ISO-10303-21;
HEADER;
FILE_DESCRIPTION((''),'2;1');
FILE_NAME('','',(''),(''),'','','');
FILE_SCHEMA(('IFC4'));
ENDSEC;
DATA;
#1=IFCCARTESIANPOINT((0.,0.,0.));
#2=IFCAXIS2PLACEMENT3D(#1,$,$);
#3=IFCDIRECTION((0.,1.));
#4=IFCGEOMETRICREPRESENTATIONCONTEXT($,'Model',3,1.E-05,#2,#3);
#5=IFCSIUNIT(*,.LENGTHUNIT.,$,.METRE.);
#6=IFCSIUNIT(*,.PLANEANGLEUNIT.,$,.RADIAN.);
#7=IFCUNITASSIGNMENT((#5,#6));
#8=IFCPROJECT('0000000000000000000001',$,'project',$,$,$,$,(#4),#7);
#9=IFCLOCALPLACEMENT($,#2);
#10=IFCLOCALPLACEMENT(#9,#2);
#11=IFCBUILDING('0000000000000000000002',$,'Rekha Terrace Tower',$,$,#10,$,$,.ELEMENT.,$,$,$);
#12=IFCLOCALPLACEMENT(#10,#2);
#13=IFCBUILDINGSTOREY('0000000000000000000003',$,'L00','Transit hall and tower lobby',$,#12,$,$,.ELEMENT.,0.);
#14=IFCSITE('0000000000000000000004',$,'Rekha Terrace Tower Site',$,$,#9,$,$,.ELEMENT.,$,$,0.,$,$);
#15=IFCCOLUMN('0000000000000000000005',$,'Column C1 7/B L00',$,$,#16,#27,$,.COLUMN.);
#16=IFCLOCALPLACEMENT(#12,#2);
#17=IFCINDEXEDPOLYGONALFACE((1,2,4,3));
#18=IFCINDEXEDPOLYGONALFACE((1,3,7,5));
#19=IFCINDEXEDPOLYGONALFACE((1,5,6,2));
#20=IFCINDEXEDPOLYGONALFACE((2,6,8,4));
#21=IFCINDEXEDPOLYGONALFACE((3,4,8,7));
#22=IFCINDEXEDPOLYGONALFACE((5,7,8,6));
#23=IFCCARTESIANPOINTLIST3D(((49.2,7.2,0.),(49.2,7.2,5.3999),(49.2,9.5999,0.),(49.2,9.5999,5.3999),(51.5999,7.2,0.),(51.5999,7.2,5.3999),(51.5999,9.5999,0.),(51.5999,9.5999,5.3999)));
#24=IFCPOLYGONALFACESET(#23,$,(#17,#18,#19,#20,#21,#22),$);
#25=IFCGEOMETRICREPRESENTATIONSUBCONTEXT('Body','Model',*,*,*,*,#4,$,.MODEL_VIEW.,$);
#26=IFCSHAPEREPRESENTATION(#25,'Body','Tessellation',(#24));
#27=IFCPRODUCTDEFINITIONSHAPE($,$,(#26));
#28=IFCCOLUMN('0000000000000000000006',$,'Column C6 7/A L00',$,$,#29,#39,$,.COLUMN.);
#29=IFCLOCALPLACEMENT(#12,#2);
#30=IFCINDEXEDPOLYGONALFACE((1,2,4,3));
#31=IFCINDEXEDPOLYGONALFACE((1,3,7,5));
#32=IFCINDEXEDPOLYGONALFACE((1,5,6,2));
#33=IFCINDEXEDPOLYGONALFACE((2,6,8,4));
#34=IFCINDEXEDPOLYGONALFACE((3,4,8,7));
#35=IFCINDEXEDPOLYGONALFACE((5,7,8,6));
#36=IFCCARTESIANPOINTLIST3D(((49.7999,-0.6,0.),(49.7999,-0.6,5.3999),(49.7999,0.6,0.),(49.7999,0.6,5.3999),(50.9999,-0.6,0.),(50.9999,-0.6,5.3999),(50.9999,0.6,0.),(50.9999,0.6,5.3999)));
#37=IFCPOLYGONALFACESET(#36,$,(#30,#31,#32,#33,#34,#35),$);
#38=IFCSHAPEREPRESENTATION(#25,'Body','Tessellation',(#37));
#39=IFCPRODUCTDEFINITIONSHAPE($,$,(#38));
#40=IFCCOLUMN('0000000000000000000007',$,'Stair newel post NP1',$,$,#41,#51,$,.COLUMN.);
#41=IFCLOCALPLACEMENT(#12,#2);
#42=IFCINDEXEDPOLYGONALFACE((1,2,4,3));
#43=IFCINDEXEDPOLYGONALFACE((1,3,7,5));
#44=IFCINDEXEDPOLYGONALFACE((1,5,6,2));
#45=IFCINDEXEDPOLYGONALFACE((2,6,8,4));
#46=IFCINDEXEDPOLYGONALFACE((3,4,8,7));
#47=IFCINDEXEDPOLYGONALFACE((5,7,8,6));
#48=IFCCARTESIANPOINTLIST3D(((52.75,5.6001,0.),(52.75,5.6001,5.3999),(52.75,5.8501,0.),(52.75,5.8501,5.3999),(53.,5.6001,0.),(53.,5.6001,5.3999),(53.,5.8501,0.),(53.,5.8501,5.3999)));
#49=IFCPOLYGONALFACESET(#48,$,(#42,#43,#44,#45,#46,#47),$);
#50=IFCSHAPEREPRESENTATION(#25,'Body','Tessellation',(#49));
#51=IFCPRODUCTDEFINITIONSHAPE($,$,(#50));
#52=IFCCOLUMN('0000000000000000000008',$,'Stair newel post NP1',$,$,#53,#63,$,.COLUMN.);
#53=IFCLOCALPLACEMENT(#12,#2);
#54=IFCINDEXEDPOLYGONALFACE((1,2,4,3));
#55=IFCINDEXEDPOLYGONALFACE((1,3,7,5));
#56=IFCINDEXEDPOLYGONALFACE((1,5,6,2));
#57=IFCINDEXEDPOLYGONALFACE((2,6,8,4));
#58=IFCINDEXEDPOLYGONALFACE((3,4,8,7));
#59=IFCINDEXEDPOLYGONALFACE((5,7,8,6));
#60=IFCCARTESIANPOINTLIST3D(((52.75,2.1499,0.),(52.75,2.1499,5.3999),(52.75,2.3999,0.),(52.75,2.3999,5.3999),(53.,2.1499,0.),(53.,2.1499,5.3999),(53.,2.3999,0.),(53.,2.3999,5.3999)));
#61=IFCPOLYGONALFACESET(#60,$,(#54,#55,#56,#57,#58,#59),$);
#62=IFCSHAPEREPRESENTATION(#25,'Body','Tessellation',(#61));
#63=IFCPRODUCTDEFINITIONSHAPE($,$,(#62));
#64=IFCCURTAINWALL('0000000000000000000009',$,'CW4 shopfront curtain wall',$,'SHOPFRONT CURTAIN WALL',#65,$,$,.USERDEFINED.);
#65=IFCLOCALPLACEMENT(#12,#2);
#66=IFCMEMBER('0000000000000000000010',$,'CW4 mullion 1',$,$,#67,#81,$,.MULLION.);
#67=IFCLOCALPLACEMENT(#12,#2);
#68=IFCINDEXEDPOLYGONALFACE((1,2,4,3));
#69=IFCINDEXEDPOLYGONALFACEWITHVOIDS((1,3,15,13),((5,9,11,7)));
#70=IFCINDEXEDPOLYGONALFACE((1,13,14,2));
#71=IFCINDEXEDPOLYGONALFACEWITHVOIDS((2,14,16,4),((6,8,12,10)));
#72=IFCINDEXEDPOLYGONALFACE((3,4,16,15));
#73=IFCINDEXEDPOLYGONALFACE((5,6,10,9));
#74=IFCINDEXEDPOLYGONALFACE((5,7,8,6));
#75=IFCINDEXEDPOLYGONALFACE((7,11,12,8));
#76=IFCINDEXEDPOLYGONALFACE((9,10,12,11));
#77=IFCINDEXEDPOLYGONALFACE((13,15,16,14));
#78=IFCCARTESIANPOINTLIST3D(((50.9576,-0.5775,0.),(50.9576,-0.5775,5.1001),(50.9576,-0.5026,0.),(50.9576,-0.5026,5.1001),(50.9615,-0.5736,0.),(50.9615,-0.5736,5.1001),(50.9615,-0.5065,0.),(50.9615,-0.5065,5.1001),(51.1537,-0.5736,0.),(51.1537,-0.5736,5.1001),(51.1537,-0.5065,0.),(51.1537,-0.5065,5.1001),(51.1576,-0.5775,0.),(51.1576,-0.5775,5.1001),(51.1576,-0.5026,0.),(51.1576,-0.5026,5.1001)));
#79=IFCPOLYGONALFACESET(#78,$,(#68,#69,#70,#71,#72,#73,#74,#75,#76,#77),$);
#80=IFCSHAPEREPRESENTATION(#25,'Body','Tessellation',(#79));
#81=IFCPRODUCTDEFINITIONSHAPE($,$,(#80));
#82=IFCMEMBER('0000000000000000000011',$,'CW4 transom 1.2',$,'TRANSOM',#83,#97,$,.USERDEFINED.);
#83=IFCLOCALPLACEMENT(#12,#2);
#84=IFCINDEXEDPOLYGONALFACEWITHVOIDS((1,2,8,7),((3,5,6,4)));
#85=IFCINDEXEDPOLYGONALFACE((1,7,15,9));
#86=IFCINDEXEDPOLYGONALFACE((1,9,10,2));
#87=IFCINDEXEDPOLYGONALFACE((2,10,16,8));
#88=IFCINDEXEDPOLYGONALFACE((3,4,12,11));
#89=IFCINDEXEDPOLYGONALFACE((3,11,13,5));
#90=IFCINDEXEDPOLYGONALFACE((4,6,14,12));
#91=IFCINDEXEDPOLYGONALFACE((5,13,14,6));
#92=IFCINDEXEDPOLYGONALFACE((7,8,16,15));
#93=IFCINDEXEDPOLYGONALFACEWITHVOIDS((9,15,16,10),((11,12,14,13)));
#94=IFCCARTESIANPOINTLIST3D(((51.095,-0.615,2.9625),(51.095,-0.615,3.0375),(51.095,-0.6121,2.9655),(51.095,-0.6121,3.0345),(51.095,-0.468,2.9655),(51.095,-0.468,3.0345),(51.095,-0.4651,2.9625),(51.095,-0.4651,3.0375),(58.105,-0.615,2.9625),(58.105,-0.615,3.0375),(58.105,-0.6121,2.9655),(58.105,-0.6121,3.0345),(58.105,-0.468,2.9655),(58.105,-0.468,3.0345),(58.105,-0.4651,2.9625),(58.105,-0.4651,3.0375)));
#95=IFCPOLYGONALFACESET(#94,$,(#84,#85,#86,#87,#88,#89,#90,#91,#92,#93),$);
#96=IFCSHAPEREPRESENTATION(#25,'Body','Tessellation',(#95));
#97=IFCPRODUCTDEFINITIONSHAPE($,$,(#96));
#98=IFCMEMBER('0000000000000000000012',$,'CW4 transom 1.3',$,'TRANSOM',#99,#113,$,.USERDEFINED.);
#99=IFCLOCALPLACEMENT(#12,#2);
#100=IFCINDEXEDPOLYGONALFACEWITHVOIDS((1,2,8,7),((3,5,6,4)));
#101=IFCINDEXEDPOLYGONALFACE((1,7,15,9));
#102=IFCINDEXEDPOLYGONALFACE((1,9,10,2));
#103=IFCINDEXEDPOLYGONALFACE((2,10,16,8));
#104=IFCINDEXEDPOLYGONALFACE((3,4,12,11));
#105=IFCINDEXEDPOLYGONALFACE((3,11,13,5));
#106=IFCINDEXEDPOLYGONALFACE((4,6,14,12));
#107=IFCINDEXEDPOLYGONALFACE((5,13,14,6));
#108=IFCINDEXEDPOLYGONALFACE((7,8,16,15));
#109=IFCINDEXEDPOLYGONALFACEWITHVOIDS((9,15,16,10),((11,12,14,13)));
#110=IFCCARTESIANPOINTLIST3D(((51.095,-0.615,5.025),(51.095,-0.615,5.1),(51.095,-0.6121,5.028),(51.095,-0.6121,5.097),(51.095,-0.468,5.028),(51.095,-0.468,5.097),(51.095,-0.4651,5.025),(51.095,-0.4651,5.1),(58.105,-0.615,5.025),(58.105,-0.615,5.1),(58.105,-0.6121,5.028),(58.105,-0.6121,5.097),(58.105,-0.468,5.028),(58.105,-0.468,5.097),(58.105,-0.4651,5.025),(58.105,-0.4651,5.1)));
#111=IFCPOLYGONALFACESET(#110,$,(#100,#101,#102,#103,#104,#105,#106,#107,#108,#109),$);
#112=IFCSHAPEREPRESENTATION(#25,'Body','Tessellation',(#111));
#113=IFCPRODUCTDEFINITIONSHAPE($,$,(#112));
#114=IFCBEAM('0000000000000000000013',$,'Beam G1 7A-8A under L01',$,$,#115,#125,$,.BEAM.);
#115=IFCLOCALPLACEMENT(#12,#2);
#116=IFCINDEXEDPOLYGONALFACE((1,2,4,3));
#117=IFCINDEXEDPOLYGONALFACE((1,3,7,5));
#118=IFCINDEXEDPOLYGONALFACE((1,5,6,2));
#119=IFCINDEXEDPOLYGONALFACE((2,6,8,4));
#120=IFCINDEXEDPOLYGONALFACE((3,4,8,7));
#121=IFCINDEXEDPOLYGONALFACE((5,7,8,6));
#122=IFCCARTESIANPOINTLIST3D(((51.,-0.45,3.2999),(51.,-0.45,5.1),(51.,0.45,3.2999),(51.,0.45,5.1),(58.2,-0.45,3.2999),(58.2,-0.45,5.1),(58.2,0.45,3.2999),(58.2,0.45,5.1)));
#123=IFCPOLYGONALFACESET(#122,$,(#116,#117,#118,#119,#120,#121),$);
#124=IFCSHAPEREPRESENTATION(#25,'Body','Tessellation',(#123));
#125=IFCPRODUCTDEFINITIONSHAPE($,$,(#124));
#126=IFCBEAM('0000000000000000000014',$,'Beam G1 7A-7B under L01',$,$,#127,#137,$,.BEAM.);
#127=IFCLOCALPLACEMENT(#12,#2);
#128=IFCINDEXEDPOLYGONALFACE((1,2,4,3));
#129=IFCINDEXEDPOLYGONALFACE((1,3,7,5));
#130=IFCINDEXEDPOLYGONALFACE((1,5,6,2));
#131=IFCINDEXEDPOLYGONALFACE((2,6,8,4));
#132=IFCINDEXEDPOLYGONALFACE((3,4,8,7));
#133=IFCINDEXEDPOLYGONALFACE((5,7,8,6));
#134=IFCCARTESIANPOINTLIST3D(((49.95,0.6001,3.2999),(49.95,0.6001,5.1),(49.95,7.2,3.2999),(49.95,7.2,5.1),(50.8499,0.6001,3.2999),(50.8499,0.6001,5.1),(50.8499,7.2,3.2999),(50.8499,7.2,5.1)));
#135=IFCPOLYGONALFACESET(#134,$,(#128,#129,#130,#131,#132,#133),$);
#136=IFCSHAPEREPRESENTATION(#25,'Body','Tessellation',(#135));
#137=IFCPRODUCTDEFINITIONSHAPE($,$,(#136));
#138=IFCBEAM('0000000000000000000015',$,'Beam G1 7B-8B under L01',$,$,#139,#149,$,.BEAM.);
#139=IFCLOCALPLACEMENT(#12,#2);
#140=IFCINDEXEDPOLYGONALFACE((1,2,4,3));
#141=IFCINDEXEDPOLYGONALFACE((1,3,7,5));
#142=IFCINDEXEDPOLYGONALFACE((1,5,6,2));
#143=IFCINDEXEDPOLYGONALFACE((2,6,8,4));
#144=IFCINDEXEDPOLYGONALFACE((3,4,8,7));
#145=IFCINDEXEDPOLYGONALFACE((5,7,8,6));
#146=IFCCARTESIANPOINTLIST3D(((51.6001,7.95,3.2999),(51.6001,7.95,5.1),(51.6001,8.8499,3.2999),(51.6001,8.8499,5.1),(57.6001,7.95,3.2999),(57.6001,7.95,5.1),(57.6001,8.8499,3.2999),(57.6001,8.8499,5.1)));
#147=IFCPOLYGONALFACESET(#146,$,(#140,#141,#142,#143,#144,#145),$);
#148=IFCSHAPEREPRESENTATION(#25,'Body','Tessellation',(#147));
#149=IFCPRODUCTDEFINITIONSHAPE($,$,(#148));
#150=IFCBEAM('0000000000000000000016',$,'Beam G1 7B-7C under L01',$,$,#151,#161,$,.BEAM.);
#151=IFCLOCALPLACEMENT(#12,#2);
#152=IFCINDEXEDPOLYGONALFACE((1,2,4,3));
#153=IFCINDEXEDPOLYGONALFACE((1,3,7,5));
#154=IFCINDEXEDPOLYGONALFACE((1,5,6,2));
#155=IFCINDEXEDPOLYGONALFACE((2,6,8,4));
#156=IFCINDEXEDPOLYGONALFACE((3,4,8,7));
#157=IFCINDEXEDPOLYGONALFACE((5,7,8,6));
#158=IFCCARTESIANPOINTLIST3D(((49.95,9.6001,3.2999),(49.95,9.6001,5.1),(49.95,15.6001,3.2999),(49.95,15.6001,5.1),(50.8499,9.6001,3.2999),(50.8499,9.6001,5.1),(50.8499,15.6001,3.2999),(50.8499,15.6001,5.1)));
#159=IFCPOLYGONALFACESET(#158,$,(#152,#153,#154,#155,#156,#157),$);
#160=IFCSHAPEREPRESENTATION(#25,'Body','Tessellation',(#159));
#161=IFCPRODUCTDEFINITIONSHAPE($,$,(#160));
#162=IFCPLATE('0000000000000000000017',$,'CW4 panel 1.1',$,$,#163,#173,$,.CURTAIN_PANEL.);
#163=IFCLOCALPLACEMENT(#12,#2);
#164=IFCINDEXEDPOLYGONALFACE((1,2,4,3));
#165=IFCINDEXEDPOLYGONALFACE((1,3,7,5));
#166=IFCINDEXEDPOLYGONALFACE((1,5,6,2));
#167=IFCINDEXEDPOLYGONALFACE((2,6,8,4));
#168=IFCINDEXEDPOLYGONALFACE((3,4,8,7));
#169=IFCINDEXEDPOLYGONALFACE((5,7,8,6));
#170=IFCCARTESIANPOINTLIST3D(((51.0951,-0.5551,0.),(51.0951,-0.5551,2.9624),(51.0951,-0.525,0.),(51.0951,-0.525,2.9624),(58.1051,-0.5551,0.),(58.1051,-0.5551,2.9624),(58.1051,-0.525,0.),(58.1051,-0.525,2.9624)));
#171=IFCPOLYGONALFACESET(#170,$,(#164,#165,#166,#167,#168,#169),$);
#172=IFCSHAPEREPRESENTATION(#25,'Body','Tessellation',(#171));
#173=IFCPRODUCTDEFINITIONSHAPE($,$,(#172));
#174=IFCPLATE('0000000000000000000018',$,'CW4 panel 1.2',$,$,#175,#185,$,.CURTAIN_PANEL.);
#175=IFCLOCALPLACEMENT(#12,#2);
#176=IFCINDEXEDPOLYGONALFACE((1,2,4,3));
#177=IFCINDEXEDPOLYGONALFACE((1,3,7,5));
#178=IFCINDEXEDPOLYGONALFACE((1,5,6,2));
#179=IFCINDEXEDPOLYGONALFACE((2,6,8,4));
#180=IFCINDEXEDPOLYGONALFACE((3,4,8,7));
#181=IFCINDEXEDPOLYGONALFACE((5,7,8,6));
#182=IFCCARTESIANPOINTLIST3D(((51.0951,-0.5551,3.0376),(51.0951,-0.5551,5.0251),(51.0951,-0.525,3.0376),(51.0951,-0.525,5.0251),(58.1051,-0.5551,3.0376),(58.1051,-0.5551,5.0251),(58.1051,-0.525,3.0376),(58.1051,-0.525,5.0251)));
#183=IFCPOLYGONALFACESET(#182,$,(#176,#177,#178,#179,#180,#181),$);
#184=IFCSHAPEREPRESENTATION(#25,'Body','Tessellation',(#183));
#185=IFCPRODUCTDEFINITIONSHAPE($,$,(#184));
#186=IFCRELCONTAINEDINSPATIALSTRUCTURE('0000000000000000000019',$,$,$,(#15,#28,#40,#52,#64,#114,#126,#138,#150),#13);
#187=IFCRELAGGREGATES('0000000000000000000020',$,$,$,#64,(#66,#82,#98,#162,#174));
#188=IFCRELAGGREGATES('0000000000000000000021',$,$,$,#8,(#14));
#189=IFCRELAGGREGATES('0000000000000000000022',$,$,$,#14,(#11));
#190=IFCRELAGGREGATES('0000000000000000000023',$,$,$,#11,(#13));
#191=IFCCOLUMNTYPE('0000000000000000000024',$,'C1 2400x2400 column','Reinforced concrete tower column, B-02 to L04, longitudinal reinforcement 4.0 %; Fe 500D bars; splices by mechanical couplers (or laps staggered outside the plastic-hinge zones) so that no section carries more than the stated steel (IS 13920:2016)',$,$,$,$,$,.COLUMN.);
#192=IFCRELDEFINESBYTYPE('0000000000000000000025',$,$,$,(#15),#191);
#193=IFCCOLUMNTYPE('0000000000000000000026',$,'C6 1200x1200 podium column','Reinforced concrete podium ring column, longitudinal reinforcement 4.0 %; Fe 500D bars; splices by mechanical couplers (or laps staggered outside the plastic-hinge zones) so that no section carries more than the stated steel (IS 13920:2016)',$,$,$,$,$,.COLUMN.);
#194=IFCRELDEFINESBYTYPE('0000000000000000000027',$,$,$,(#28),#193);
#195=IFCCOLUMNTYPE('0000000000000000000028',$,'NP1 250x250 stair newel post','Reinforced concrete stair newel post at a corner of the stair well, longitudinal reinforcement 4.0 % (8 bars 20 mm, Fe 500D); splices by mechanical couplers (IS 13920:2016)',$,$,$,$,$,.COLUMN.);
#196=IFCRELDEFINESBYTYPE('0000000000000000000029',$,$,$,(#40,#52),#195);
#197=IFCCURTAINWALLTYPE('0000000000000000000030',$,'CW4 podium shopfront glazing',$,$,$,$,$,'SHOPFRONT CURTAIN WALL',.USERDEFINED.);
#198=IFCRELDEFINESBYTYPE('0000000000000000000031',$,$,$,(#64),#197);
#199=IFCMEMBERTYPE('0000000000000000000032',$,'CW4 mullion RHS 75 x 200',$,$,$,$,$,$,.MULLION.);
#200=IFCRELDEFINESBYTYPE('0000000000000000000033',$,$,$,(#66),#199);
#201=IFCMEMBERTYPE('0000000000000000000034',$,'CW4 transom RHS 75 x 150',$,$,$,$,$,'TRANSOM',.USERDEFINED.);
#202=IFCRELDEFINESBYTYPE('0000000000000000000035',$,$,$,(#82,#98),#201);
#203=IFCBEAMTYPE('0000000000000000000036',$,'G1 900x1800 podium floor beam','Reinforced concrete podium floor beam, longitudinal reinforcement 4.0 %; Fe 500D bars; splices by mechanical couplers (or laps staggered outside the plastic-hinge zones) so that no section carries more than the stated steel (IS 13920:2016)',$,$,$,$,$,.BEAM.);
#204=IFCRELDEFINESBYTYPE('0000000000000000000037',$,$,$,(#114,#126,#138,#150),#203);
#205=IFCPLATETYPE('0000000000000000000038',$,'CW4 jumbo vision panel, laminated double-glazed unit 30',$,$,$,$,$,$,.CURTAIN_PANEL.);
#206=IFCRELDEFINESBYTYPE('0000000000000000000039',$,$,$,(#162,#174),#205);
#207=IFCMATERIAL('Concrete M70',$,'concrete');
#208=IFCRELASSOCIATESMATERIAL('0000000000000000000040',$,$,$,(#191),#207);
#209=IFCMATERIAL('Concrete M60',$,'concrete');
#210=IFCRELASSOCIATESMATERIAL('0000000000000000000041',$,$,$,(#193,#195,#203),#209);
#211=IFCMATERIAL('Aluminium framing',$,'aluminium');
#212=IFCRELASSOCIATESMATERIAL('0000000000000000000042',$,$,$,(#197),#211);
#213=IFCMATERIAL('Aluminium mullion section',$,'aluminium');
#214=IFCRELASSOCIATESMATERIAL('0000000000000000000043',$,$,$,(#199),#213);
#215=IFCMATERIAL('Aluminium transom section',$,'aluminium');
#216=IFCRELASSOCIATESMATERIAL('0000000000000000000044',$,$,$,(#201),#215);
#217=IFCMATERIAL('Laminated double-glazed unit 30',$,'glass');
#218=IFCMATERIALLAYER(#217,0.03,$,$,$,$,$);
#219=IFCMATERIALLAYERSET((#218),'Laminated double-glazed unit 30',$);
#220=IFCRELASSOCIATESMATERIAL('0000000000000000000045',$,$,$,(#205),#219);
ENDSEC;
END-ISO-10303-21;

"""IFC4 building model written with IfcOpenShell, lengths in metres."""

from ifc_helpers import new_model, si_unit, direction, frame, origin, origin_2d, place, context, subcontext, project, spatial, rectangle, hollow_rectangle, extrude, material, layer, layer_set, material_profile, profile_set, type_object, element, aggregate, save


model = new_model("IFC4")

# Units and contexts
model_context = context("Model", 3, precision=1e-05, world=origin(), true_north=direction((0.0, 1.0)))
body_context = subcontext(model_context, "Body", "Model", "MODEL_VIEW")
ifc_project = project(units=[si_unit("LENGTHUNIT", "METRE"), si_unit("PLANEANGLEUNIT", "RADIAN")], contexts=[model_context])

# Site, building, storey
site_placement = place(None, origin())
site = spatial("IfcSite", under=ifc_project, at=site_placement, Name="Rekha Terrace Tower Site", CompositionType="ELEMENT", RefElevation=0.0)
building_placement = place(site_placement, origin())
building = spatial("IfcBuilding", under=site, at=building_placement, Name="Rekha Terrace Tower", CompositionType="ELEMENT")
storey_placement = place(building_placement, origin())
storey = spatial("IfcBuildingStorey", under=building, at=storey_placement, Name="L00", Description="Transit hall and tower lobby", CompositionType="ELEMENT", Elevation=0.0)

# Columns
ifc_material_1 = material(Name="Concrete M70", Category="concrete")
ifc_material_profile_1 = material_profile(ifc_material_1, rectangle(XDim=2.3999, YDim=2.3999, at=origin_2d()), Name="RC 2400x2400")
ifc_profile_set_1 = profile_set([ifc_material_profile_1], Name="Concrete M70")
column_type_1 = type_object("IfcColumnType", Name="C1 2400x2400 column", Description="Reinforced concrete tower column, B-02 to L04, longitudinal reinforcement 4.0 %; Fe 500D bars; splices by mechanical couplers (or laps staggered outside the plastic-hinge zones) so that no section carries more than the stated steel (IS 13920:2016)", PredefinedType="COLUMN", material=ifc_profile_set_1)
column_1_placement = place(storey_placement, frame((50.3999, 8.3999, 0.0), z_axis=(0.0, 0.0, 1.0), x_axis=(1.0, 0.0, 0.0)))
element("IfcColumn", 1, at=column_1_placement, inside=storey, type_object=column_type_1, Name="Column C1 7/B L00", PredefinedType="COLUMN", context=body_context, shape_type="SweptSolid", body=[
    extrude(rectangle(XDim=2.3999, YDim=2.3999, at=origin_2d()), origin(), (0.0, 0.0, 1.0), 5.3999),
])
ifc_material_2 = material(Name="Concrete M60", Category="concrete")
ifc_material_profile_2 = material_profile(ifc_material_2, rectangle(XDim=1.2, YDim=1.2, at=origin_2d()), Name="RC 1200x1200")
ifc_profile_set_2 = profile_set([ifc_material_profile_2], Name="Concrete M60")
column_type_2 = type_object("IfcColumnType", Name="C6 1200x1200 podium column", Description="Reinforced concrete podium ring column, longitudinal reinforcement 4.0 %; Fe 500D bars; splices by mechanical couplers (or laps staggered outside the plastic-hinge zones) so that no section carries more than the stated steel (IS 13920:2016)", PredefinedType="COLUMN", material=ifc_profile_set_2)
column_2_placement = place(storey_placement, frame((50.3999, 0.0, 0.0), z_axis=(0.0, 0.0, 1.0), x_axis=(1.0, 0.0, 0.0)))
element("IfcColumn", 2, at=column_2_placement, inside=storey, type_object=column_type_2, Name="Column C6 7/A L00", PredefinedType="COLUMN", context=body_context, shape_type="SweptSolid", body=[
    extrude(rectangle(XDim=1.2, YDim=1.2, at=origin_2d()), origin(), (0.0, 0.0, 1.0), 5.3999),
])
ifc_material_profile_3 = material_profile(ifc_material_2, rectangle(XDim=0.25, YDim=0.25, at=origin_2d()), Name="RC 250x250")
ifc_profile_set_3 = profile_set([ifc_material_profile_3], Name="Concrete M60")
column_type_3 = type_object("IfcColumnType", Name="NP1 250x250 stair newel post", Description="Reinforced concrete stair newel post at a corner of the stair well, longitudinal reinforcement 4.0 % (8 bars 20 mm, Fe 500D); splices by mechanical couplers (IS 13920:2016)", PredefinedType="COLUMN", material=ifc_profile_set_3)
for number, where, z_axis, x_axis, name in (
    (3, (52.875, 5.7251, 0.0), (0.0, 0.0, 1.0), (1.0, 0.0, 0.0), "Stair newel post NP1"),
    (4, (52.875, 2.2749, 0.0), (0.0, 0.0, 1.0), (1.0, 0.0, 0.0), "Stair newel post NP1"),
):
    element("IfcColumn", number, at=place(storey_placement, frame(where, z_axis=z_axis, x_axis=x_axis)), inside=storey, type_object=column_type_3, Name=name, PredefinedType="COLUMN", context=body_context, shape_type="SweptSolid", body=[
        extrude(rectangle(XDim=0.25, YDim=0.25, at=origin_2d()), origin(), (0.0, 0.0, 1.0), 5.3999),
    ])

# Curtain wall, members
ifc_material_3 = material(Name="Aluminium framing", Category="aluminium")
curtain_wall_type = type_object("IfcCurtainWallType", Name="CW4 podium shopfront glazing", ElementType="SHOPFRONT CURTAIN WALL", PredefinedType="USERDEFINED", material=ifc_material_3)
curtain_wall_placement = place(storey_placement, origin())
curtain_wall = element("IfcCurtainWall", 5, at=curtain_wall_placement, inside=storey, type_object=curtain_wall_type, Name="CW4 shopfront curtain wall", ObjectType="SHOPFRONT CURTAIN WALL", PredefinedType="USERDEFINED")
ifc_material_4 = material(Name="Aluminium mullion section", Category="aluminium")
ifc_material_profile_4 = material_profile(ifc_material_4, hollow_rectangle(XDim=0.075, YDim=0.2, WallThickness=0.0039, at=origin_2d()), Name="AL RHS 75x200")
ifc_profile_set_4 = profile_set([ifc_material_profile_4], Name="Aluminium mullion section")
member_type_1 = type_object("IfcMemberType", Name="CW4 mullion RHS 75 x 200", PredefinedType="MULLION", material=ifc_profile_set_4)
member_1_placement = place(storey_placement, frame((51.0576, -0.54, 0.0), z_axis=(0.0, 0.0, 1.0), x_axis=(0.0, 1.0, 0.0)))
member_1 = element("IfcMember", 6, at=member_1_placement, type_object=member_type_1, Name="CW4 mullion 1", PredefinedType="MULLION", context=body_context, shape_type="SweptSolid", body=[
    extrude(hollow_rectangle(XDim=0.075, YDim=0.2, WallThickness=0.0039, at=origin_2d()), origin(), (0.0, 0.0, 1.0), 5.1001),
])
ifc_material_5 = material(Name="Aluminium transom section", Category="aluminium")
ifc_material_profile_5 = material_profile(ifc_material_5, hollow_rectangle(XDim=0.1499, YDim=0.075, WallThickness=0.0029, at=origin_2d()), Name="AL RHS 150x75")
ifc_profile_set_5 = profile_set([ifc_material_profile_5], Name="Aluminium transom section")
member_type_2 = type_object("IfcMemberType", Name="CW4 transom RHS 75 x 150", ElementType="TRANSOM", PredefinedType="USERDEFINED", material=ifc_profile_set_5)
member_2_placement = place(storey_placement, frame((51.095, -0.54, 3.0), z_axis=(1.0, 0.0, 0.0), x_axis=(0.0, 1.0, 0.0)))
member_2 = element("IfcMember", 7, at=member_2_placement, type_object=member_type_2, Name="CW4 transom 1.2", ObjectType="TRANSOM", PredefinedType="USERDEFINED", context=body_context, shape_type="SweptSolid", body=[
    extrude(hollow_rectangle(XDim=0.1499, YDim=0.075, WallThickness=0.0029, at=origin_2d()), origin(), (0.0, 0.0, 1.0), 7.01),
])
member_3_placement = place(storey_placement, frame((51.095, -0.54, 5.0625), z_axis=(1.0, 0.0, 0.0), x_axis=(0.0, 1.0, 0.0)))
member_3 = element("IfcMember", 8, at=member_3_placement, type_object=member_type_2, Name="CW4 transom 1.3", ObjectType="TRANSOM", PredefinedType="USERDEFINED", context=body_context, shape_type="SweptSolid", body=[
    extrude(hollow_rectangle(XDim=0.1499, YDim=0.075, WallThickness=0.0029, at=origin_2d()), origin(), (0.0, 0.0, 1.0), 7.01),
])

# Beams
ifc_material_profile_6 = material_profile(ifc_material_2, rectangle(XDim=0.8999, YDim=1.8, at=origin_2d()), Name="RC 900x1800")
ifc_profile_set_6 = profile_set([ifc_material_profile_6], Name="Concrete M60")
beam_type = type_object("IfcBeamType", Name="G1 900x1800 podium floor beam", Description="Reinforced concrete podium floor beam, longitudinal reinforcement 4.0 %; Fe 500D bars; splices by mechanical couplers (or laps staggered outside the plastic-hinge zones) so that no section carries more than the stated steel (IS 13920:2016)", PredefinedType="BEAM", material=ifc_profile_set_6)
beam_1_placement = place(storey_placement, frame((51.0, 0.0, 4.2), z_axis=(1.0, 0.0, 0.0), x_axis=(0.0, 1.0, 0.0)))
element("IfcBeam", 9, at=beam_1_placement, inside=storey, type_object=beam_type, Name="Beam G1 7A-8A under L01", PredefinedType="BEAM", context=body_context, shape_type="SweptSolid", body=[
    extrude(rectangle(XDim=0.8999, YDim=1.8, at=origin_2d()), origin(), (0.0, 0.0, 1.0), 7.2),
])
beam_2_placement = place(storey_placement, frame((50.3999, 0.6001, 4.2), z_axis=(0.0, 1.0, 0.0), x_axis=(-1.0, 0.0, 0.0)))
element("IfcBeam", 10, at=beam_2_placement, inside=storey, type_object=beam_type, Name="Beam G1 7A-7B under L01", PredefinedType="BEAM", context=body_context, shape_type="SweptSolid", body=[
    extrude(rectangle(XDim=0.8999, YDim=1.8, at=origin_2d()), origin(), (0.0, 0.0, 1.0), 6.5999),
])
for number, where, z_axis, x_axis, name in (
    (11, (51.6001, 8.3999, 4.2), (1.0, 0.0, 0.0), (0.0, 1.0, 0.0), "Beam G1 7B-8B under L01"),
    (12, (50.3999, 9.6001, 4.2), (0.0, 1.0, 0.0), (-1.0, 0.0, 0.0), "Beam G1 7B-7C under L01"),
):
    element("IfcBeam", number, at=place(storey_placement, frame(where, z_axis=z_axis, x_axis=x_axis)), inside=storey, type_object=beam_type, Name=name, PredefinedType="BEAM", context=body_context, shape_type="SweptSolid", body=[
        extrude(rectangle(XDim=0.8999, YDim=1.8, at=origin_2d()), origin(), (0.0, 0.0, 1.0), 6.0),
    ])

# Plates
ifc_material_6 = material(Name="Laminated double-glazed unit 30", Category="glass")
ifc_layer_1 = layer(ifc_material_6, 0.03)
ifc_layer_set_1 = layer_set([ifc_layer_1], Name="Laminated double-glazed unit 30")
plate_type = type_object("IfcPlateType", Name="CW4 jumbo vision panel, laminated double-glazed unit 30", PredefinedType="CURTAIN_PANEL", material=ifc_layer_set_1)
plate_1_placement = place(storey_placement, frame((54.6001, -0.54, 0.0), z_axis=(0.0, 0.0, 1.0), x_axis=(1.0, 0.0, 0.0)))
plate_1 = element("IfcPlate", 13, at=plate_1_placement, type_object=plate_type, Name="CW4 panel 1.1", PredefinedType="CURTAIN_PANEL", context=body_context, shape_type="SweptSolid", body=[
    extrude(rectangle(XDim=7.01, YDim=0.03, at=origin_2d()), origin(), (0.0, 0.0, 1.0), 2.9624),
])
plate_2_placement = place(storey_placement, frame((54.6001, -0.54, 3.0376), z_axis=(0.0, 0.0, 1.0), x_axis=(1.0, 0.0, 0.0)))
plate_2 = element("IfcPlate", 14, at=plate_2_placement, type_object=plate_type, Name="CW4 panel 1.2", PredefinedType="CURTAIN_PANEL", context=body_context, shape_type="SweptSolid", body=[
    extrude(rectangle(XDim=7.01, YDim=0.03, at=origin_2d()), origin(), (0.0, 0.0, 1.0), 1.9875),
])
aggregate(curtain_wall, [member_1, member_2, member_3, plate_1, plate_2])

save(model, "model.ifc")
